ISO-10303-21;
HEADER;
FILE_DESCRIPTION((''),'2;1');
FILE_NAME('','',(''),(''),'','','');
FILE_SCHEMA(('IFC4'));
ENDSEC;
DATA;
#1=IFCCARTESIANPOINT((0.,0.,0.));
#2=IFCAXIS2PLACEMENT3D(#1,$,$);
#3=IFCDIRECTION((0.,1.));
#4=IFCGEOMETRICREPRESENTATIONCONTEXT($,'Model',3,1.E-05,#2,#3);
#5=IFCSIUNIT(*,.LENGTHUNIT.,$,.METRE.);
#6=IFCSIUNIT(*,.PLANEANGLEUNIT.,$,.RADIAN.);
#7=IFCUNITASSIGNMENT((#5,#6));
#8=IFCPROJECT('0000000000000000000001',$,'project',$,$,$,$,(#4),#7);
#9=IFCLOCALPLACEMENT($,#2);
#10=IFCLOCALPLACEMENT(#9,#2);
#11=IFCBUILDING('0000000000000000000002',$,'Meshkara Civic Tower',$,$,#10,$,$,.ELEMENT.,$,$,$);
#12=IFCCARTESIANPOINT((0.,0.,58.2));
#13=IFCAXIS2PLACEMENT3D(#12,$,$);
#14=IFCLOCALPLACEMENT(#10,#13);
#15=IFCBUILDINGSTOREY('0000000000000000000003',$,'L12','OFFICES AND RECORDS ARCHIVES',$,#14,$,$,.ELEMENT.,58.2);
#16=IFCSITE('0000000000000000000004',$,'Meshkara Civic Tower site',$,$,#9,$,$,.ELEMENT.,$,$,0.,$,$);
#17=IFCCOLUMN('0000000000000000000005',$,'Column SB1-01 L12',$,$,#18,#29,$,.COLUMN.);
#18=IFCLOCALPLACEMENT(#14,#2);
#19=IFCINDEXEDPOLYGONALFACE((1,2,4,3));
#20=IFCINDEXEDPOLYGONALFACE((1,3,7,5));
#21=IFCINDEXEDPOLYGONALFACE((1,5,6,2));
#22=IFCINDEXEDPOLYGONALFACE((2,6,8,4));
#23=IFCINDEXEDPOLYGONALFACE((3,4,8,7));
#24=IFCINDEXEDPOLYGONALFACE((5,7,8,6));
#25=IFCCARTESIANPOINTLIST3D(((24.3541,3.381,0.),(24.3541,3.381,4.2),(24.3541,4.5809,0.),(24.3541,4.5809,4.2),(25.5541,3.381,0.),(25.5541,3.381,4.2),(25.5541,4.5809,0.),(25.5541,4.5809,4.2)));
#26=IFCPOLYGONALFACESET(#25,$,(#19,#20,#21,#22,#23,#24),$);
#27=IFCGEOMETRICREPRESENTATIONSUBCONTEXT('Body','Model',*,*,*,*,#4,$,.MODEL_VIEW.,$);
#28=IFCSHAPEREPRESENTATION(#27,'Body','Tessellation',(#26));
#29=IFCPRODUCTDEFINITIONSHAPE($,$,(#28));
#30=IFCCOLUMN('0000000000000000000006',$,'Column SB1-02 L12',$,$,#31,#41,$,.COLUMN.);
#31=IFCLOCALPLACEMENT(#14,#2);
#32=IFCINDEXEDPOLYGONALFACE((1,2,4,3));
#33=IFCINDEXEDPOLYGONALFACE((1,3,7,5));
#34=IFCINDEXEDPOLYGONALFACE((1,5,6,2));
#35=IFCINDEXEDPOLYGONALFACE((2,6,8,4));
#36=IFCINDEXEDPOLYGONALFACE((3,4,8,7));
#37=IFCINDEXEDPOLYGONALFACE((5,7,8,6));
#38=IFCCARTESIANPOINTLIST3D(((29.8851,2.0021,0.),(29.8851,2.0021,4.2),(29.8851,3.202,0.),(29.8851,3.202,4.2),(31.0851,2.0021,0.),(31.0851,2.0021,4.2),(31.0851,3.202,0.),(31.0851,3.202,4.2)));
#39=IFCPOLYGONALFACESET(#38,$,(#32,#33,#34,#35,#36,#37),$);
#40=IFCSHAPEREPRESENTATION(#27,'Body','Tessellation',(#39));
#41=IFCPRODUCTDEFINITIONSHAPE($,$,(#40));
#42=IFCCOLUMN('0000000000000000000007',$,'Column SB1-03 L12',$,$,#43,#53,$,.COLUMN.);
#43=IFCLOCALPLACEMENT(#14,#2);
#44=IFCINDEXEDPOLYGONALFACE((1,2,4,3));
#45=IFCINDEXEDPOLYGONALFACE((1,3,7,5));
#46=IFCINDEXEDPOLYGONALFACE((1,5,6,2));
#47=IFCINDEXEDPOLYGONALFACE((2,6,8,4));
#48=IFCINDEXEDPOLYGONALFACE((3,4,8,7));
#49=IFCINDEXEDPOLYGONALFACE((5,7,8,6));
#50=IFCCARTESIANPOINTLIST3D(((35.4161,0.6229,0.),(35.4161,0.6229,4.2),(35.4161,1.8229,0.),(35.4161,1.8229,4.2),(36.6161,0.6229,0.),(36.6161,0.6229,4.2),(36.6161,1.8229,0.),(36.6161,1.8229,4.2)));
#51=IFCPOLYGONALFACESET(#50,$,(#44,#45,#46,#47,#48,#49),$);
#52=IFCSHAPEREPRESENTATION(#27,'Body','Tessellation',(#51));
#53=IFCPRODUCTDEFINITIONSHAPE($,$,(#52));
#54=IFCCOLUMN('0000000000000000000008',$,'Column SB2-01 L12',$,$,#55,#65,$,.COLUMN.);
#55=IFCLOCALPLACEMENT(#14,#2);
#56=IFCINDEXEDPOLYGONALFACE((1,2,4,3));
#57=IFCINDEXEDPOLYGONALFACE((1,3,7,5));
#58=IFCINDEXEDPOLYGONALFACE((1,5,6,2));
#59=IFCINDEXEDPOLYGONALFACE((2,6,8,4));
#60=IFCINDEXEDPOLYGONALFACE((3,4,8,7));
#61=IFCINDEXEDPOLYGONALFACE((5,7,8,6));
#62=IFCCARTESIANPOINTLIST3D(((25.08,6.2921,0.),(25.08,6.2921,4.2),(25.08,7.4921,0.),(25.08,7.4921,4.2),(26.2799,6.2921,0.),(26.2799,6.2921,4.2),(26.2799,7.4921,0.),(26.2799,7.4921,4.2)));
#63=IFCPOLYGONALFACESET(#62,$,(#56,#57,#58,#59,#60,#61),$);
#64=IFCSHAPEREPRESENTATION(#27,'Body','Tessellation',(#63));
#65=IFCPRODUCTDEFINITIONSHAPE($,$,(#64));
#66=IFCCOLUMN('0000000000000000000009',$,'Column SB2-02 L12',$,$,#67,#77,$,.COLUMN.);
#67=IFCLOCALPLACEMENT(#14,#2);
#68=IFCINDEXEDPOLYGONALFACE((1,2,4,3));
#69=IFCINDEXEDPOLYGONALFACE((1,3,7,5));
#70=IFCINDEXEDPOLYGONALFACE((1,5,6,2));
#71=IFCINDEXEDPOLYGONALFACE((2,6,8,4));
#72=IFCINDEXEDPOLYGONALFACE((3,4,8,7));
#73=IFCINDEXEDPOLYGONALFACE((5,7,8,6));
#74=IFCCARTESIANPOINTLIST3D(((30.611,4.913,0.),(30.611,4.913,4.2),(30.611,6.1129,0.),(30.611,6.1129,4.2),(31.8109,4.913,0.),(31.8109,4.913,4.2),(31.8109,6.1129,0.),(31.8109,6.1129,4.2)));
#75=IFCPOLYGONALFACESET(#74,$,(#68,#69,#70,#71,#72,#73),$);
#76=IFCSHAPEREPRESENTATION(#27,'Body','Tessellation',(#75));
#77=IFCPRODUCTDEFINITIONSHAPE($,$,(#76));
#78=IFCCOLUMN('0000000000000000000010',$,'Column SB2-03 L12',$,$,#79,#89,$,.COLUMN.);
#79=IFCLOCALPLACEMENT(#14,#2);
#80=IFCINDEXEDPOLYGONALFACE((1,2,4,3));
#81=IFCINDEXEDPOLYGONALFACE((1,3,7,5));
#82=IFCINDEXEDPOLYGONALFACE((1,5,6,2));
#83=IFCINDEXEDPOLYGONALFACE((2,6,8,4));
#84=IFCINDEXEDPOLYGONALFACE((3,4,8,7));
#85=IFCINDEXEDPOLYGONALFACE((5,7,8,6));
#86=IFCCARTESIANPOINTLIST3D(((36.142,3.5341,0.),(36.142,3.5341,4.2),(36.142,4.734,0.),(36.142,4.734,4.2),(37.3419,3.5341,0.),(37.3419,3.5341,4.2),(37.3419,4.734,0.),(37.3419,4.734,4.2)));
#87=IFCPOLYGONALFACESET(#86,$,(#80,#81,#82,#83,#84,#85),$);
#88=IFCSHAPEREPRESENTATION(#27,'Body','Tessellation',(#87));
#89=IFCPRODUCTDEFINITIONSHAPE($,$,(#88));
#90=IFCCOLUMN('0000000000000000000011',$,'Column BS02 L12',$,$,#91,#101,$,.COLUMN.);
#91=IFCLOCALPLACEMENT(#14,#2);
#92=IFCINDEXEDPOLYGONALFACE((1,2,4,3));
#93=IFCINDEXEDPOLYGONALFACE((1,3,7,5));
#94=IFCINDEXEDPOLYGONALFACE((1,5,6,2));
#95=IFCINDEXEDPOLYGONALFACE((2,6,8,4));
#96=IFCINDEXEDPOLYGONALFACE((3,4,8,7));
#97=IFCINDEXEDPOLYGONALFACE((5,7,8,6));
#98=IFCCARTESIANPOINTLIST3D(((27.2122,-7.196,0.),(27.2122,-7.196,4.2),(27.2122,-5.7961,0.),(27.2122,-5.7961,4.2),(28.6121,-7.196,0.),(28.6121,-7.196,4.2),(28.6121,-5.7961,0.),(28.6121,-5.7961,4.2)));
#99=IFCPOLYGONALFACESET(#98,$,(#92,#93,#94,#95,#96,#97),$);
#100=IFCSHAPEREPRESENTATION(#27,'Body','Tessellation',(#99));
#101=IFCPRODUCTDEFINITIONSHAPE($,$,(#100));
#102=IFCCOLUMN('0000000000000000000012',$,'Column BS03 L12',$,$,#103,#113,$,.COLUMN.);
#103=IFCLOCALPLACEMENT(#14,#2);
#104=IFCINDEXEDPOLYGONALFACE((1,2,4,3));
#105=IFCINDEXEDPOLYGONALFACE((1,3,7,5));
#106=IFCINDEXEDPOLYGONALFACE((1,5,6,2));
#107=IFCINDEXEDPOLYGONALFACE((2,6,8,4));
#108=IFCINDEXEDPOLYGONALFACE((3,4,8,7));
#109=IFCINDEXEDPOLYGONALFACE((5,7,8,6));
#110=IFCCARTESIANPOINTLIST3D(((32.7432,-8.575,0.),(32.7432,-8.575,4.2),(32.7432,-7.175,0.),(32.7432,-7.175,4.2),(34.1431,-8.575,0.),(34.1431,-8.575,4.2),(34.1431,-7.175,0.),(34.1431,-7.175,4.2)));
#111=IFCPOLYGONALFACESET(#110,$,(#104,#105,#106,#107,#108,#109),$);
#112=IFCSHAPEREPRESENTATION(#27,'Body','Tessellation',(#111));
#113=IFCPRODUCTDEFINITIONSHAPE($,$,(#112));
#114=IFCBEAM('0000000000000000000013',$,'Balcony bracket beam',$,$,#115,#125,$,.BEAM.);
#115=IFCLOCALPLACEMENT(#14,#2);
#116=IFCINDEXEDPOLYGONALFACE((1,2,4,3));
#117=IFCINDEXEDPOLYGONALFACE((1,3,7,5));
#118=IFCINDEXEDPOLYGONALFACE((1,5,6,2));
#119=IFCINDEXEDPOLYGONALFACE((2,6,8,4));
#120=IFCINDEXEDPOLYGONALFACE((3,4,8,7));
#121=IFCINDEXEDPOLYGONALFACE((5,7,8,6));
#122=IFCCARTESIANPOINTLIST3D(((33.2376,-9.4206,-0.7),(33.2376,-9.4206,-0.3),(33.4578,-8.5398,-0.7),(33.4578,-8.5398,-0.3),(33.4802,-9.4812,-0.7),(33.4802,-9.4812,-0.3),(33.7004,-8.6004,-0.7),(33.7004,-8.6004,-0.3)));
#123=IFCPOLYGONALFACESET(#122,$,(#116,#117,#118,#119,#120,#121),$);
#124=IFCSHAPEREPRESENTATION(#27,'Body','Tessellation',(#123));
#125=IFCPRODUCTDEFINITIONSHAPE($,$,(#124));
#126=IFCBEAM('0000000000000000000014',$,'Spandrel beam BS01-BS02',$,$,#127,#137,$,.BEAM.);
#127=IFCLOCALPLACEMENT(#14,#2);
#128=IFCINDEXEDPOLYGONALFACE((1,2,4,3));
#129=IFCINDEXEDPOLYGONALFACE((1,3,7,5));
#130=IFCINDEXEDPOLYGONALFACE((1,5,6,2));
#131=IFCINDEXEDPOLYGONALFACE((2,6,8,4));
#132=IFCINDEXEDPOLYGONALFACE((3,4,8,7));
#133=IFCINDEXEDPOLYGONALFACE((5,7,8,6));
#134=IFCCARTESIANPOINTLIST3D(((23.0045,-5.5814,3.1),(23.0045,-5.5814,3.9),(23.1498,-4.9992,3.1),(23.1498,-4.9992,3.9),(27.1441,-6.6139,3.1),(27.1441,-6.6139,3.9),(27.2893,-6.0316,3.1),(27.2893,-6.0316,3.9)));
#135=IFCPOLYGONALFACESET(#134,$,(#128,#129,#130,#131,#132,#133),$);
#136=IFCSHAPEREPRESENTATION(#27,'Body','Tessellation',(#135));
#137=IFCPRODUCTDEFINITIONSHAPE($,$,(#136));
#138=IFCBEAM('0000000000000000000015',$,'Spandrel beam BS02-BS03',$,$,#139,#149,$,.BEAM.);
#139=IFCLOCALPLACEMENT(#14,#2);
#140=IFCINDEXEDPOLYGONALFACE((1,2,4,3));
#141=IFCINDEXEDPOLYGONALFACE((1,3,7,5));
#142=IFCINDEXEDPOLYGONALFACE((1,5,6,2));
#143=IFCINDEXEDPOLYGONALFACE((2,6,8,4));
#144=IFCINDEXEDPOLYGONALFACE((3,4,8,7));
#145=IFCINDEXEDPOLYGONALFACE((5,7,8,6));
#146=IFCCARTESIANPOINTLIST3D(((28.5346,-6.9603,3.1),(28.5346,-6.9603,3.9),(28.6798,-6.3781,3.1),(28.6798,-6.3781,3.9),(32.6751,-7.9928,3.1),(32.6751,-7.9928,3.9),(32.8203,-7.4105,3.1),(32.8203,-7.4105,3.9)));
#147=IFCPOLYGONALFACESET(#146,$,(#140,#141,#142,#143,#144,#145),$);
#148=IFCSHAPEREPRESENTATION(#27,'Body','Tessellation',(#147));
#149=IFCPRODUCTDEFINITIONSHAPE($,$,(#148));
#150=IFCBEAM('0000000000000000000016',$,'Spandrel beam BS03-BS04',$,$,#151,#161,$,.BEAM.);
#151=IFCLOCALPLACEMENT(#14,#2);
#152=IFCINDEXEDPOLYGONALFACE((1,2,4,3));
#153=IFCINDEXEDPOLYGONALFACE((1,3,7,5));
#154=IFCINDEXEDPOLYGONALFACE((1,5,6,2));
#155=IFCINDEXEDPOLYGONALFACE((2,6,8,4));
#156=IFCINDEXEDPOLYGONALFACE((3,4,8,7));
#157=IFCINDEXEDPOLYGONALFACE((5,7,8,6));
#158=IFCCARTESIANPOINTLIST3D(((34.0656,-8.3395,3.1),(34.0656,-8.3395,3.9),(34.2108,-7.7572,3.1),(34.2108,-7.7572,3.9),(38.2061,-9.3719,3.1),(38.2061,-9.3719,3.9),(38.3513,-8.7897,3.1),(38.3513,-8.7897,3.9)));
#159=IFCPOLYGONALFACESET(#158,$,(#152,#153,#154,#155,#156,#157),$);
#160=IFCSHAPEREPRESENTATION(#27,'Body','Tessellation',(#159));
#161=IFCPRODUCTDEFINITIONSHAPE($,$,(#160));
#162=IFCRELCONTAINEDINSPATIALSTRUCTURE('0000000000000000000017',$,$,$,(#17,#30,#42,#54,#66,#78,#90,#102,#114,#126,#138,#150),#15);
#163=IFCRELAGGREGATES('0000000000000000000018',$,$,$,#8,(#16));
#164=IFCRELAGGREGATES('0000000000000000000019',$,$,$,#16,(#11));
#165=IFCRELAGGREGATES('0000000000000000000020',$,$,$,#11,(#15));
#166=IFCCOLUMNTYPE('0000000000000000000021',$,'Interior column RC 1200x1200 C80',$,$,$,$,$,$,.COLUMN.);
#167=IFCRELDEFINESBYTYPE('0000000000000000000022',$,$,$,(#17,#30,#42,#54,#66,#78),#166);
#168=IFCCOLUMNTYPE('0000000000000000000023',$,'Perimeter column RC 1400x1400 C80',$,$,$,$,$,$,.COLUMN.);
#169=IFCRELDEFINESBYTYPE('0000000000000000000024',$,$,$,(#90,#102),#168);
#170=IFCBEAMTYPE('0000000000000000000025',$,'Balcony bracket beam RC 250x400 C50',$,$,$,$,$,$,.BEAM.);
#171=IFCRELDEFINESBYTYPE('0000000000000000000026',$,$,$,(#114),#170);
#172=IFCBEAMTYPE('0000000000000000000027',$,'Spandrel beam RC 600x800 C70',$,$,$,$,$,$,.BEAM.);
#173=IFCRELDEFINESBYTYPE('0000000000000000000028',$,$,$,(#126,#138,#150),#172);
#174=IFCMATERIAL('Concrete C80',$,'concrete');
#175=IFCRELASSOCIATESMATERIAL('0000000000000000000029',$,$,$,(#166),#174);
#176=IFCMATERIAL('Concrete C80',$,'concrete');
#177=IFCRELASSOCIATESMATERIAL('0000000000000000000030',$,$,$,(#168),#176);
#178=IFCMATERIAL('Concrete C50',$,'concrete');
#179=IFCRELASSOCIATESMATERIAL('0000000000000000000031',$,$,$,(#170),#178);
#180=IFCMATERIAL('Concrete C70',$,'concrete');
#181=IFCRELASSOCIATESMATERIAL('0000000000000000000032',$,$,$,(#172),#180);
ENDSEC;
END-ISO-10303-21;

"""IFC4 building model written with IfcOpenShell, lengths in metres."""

from ifc_helpers import new_model, si_unit, direction, frame, origin, origin_2d, place, context, subcontext, project, spatial, rectangle, extrude, material, material_profile, profile_set, type_object, element, save


model = new_model("IFC4")

# Units and contexts
model_context = context("Model", 3, precision=1e-05, world=origin(), true_north=direction((0.0, 1.0)))
body_context = subcontext(model_context, "Body", "Model", "MODEL_VIEW")
ifc_project = project(units=[si_unit("LENGTHUNIT", "METRE"), si_unit("PLANEANGLEUNIT", "RADIAN")], contexts=[model_context])

# Site, building, storey
site_placement = place(None, origin())
site = spatial("IfcSite", under=ifc_project, at=site_placement, Name="Meshkara Civic Tower site", CompositionType="ELEMENT", RefElevation=0.0)
building_placement = place(site_placement, origin())
building = spatial("IfcBuilding", under=site, at=building_placement, Name="Meshkara Civic Tower", CompositionType="ELEMENT")
storey_placement = place(building_placement, frame((0.0, 0.0, 58.2)))
storey = spatial("IfcBuildingStorey", under=building, at=storey_placement, Name="L12", Description="OFFICES AND RECORDS ARCHIVES", CompositionType="ELEMENT", Elevation=58.2)

# Columns
ifc_material_1 = material(Name="Concrete C80", Category="concrete")
ifc_material_profile_1 = material_profile(ifc_material_1, rectangle(XDim=1.2, YDim=1.2, at=origin_2d()))
ifc_profile_set_1 = profile_set([ifc_material_profile_1], Name="Concrete C80")
column_type_1 = type_object("IfcColumnType", Name="Interior column RC 1200x1200 C80", PredefinedType="COLUMN", material=ifc_profile_set_1)
for number, where, z_axis, x_axis, name in (
    (1, (24.9541, 3.981, 0.0), (0.0, 0.0, 1.0), (1.0, 0.0, 0.0), "Column SB1-01 L12"),
    (2, (30.4851, 2.6021, 0.0), (0.0, 0.0, 1.0), (1.0, 0.0, 0.0), "Column SB1-02 L12"),
    (3, (36.0161, 1.2229, 0.0), (0.0, 0.0, 1.0), (1.0, 0.0, 0.0), "Column SB1-03 L12"),
    (4, (25.6799, 6.8921, 0.0), (0.0, 0.0, 1.0), (1.0, 0.0, 0.0), "Column SB2-01 L12"),
    (5, (31.2109, 5.5129, 0.0), (0.0, 0.0, 1.0), (1.0, 0.0, 0.0), "Column SB2-02 L12"),
    (6, (36.7419, 4.134, 0.0), (0.0, 0.0, 1.0), (1.0, 0.0, 0.0), "Column SB2-03 L12"),
):
    element("IfcColumn", number, at=place(storey_placement, frame(where, z_axis=z_axis, x_axis=x_axis)), inside=storey, type_object=column_type_1, Name=name, PredefinedType="COLUMN", context=body_context, shape_type="SweptSolid", body=[
        extrude(rectangle(XDim=1.2, YDim=1.2, at=origin_2d()), origin(), (0.0, 0.0, 1.0), 4.2),
    ])
ifc_material_2 = material(Name="Concrete C80", Category="concrete")
ifc_material_profile_2 = material_profile(ifc_material_2, rectangle(XDim=1.3999, YDim=1.3999, at=origin_2d()))
ifc_profile_set_2 = profile_set([ifc_material_profile_2], Name="Concrete C80")
column_type_2 = type_object("IfcColumnType", Name="Perimeter column RC 1400x1400 C80", PredefinedType="COLUMN", material=ifc_profile_set_2)
for number, where, z_axis, x_axis, name in (
    (7, (27.9121, -6.4961, 0.0), (0.0, 0.0, 1.0), (1.0, 0.0, 0.0), "Column BS02 L12"),
    (8, (33.4431, -7.875, 0.0), (0.0, 0.0, 1.0), (1.0, 0.0, 0.0), "Column BS03 L12"),
):
    element("IfcColumn", number, at=place(storey_placement, frame(where, z_axis=z_axis, x_axis=x_axis)), inside=storey, type_object=column_type_2, Name=name, PredefinedType="COLUMN", context=body_context, shape_type="SweptSolid", body=[
        extrude(rectangle(XDim=1.3999, YDim=1.3999, at=origin_2d()), origin(), (0.0, 0.0, 1.0), 4.2),
    ])

# Beams
ifc_material_3 = material(Name="Concrete C50", Category="concrete")
ifc_material_profile_3 = material_profile(ifc_material_3, rectangle(XDim=0.25, YDim=0.3999, at=origin_2d()))
ifc_profile_set_3 = profile_set([ifc_material_profile_3], Name="Concrete C50")
beam_type_1 = type_object("IfcBeamType", Name="Balcony bracket beam RC 250x400 C50", PredefinedType="BEAM", material=ifc_profile_set_3)
beam_1_placement = place(storey_placement, frame((33.5791, -8.5701, -0.5), z_axis=(-0.242536, -0.970143, 0.0), x_axis=(0.970143, -0.242536, 0.0)))
element("IfcBeam", 9, at=beam_1_placement, inside=storey, type_object=beam_type_1, Name="Balcony bracket beam", PredefinedType="BEAM", context=body_context, shape_type="SweptSolid", body=[
    extrude(rectangle(XDim=0.25, YDim=0.3999, at=origin_2d()), origin(), (0.0, 0.0, 1.0), 0.908),
])
ifc_material_4 = material(Name="Concrete C70", Category="concrete")
ifc_material_profile_4 = material_profile(ifc_material_4, rectangle(XDim=0.6001, YDim=0.8, at=origin_2d()))
ifc_profile_set_4 = profile_set([ifc_material_profile_4], Name="Concrete C70")
beam_type_2 = type_object("IfcBeamType", Name="Spandrel beam RC 600x800 C70", PredefinedType="BEAM", material=ifc_profile_set_4)
beam_2_placement = place(storey_placement, frame((23.0771, -5.2903, 3.5), z_axis=(0.970277, -0.241997, 0.0), x_axis=(0.241997, 0.970277, 0.0)))
element("IfcBeam", 10, at=beam_2_placement, inside=storey, type_object=beam_type_2, Name="Spandrel beam BS01-BS02", PredefinedType="BEAM", context=body_context, shape_type="SweptSolid", body=[
    extrude(rectangle(XDim=0.6001, YDim=0.8, at=origin_2d()), origin(), (0.0, 0.0, 1.0), 4.2664),
])
for number, where, z_axis, x_axis, name in (
    (11, (28.6072, -6.6692, 3.5), (0.97029, -0.241943, 0.0), (0.241943, 0.97029, 0.0), "Spandrel beam BS02-BS03"),
    (12, (34.1382, -8.0483, 3.5), (0.97029, -0.241943, 0.0), (0.241943, 0.97029, 0.0), "Spandrel beam BS03-BS04"),
):
    element("IfcBeam", number, at=place(storey_placement, frame(where, z_axis=z_axis, x_axis=x_axis)), inside=storey, type_object=beam_type_2, Name=name, PredefinedType="BEAM", context=body_context, shape_type="SweptSolid", body=[
        extrude(rectangle(XDim=0.6001, YDim=0.8, at=origin_2d()), origin(), (0.0, 0.0, 1.0), 4.2673),
    ])

save(model, "model.ifc")
